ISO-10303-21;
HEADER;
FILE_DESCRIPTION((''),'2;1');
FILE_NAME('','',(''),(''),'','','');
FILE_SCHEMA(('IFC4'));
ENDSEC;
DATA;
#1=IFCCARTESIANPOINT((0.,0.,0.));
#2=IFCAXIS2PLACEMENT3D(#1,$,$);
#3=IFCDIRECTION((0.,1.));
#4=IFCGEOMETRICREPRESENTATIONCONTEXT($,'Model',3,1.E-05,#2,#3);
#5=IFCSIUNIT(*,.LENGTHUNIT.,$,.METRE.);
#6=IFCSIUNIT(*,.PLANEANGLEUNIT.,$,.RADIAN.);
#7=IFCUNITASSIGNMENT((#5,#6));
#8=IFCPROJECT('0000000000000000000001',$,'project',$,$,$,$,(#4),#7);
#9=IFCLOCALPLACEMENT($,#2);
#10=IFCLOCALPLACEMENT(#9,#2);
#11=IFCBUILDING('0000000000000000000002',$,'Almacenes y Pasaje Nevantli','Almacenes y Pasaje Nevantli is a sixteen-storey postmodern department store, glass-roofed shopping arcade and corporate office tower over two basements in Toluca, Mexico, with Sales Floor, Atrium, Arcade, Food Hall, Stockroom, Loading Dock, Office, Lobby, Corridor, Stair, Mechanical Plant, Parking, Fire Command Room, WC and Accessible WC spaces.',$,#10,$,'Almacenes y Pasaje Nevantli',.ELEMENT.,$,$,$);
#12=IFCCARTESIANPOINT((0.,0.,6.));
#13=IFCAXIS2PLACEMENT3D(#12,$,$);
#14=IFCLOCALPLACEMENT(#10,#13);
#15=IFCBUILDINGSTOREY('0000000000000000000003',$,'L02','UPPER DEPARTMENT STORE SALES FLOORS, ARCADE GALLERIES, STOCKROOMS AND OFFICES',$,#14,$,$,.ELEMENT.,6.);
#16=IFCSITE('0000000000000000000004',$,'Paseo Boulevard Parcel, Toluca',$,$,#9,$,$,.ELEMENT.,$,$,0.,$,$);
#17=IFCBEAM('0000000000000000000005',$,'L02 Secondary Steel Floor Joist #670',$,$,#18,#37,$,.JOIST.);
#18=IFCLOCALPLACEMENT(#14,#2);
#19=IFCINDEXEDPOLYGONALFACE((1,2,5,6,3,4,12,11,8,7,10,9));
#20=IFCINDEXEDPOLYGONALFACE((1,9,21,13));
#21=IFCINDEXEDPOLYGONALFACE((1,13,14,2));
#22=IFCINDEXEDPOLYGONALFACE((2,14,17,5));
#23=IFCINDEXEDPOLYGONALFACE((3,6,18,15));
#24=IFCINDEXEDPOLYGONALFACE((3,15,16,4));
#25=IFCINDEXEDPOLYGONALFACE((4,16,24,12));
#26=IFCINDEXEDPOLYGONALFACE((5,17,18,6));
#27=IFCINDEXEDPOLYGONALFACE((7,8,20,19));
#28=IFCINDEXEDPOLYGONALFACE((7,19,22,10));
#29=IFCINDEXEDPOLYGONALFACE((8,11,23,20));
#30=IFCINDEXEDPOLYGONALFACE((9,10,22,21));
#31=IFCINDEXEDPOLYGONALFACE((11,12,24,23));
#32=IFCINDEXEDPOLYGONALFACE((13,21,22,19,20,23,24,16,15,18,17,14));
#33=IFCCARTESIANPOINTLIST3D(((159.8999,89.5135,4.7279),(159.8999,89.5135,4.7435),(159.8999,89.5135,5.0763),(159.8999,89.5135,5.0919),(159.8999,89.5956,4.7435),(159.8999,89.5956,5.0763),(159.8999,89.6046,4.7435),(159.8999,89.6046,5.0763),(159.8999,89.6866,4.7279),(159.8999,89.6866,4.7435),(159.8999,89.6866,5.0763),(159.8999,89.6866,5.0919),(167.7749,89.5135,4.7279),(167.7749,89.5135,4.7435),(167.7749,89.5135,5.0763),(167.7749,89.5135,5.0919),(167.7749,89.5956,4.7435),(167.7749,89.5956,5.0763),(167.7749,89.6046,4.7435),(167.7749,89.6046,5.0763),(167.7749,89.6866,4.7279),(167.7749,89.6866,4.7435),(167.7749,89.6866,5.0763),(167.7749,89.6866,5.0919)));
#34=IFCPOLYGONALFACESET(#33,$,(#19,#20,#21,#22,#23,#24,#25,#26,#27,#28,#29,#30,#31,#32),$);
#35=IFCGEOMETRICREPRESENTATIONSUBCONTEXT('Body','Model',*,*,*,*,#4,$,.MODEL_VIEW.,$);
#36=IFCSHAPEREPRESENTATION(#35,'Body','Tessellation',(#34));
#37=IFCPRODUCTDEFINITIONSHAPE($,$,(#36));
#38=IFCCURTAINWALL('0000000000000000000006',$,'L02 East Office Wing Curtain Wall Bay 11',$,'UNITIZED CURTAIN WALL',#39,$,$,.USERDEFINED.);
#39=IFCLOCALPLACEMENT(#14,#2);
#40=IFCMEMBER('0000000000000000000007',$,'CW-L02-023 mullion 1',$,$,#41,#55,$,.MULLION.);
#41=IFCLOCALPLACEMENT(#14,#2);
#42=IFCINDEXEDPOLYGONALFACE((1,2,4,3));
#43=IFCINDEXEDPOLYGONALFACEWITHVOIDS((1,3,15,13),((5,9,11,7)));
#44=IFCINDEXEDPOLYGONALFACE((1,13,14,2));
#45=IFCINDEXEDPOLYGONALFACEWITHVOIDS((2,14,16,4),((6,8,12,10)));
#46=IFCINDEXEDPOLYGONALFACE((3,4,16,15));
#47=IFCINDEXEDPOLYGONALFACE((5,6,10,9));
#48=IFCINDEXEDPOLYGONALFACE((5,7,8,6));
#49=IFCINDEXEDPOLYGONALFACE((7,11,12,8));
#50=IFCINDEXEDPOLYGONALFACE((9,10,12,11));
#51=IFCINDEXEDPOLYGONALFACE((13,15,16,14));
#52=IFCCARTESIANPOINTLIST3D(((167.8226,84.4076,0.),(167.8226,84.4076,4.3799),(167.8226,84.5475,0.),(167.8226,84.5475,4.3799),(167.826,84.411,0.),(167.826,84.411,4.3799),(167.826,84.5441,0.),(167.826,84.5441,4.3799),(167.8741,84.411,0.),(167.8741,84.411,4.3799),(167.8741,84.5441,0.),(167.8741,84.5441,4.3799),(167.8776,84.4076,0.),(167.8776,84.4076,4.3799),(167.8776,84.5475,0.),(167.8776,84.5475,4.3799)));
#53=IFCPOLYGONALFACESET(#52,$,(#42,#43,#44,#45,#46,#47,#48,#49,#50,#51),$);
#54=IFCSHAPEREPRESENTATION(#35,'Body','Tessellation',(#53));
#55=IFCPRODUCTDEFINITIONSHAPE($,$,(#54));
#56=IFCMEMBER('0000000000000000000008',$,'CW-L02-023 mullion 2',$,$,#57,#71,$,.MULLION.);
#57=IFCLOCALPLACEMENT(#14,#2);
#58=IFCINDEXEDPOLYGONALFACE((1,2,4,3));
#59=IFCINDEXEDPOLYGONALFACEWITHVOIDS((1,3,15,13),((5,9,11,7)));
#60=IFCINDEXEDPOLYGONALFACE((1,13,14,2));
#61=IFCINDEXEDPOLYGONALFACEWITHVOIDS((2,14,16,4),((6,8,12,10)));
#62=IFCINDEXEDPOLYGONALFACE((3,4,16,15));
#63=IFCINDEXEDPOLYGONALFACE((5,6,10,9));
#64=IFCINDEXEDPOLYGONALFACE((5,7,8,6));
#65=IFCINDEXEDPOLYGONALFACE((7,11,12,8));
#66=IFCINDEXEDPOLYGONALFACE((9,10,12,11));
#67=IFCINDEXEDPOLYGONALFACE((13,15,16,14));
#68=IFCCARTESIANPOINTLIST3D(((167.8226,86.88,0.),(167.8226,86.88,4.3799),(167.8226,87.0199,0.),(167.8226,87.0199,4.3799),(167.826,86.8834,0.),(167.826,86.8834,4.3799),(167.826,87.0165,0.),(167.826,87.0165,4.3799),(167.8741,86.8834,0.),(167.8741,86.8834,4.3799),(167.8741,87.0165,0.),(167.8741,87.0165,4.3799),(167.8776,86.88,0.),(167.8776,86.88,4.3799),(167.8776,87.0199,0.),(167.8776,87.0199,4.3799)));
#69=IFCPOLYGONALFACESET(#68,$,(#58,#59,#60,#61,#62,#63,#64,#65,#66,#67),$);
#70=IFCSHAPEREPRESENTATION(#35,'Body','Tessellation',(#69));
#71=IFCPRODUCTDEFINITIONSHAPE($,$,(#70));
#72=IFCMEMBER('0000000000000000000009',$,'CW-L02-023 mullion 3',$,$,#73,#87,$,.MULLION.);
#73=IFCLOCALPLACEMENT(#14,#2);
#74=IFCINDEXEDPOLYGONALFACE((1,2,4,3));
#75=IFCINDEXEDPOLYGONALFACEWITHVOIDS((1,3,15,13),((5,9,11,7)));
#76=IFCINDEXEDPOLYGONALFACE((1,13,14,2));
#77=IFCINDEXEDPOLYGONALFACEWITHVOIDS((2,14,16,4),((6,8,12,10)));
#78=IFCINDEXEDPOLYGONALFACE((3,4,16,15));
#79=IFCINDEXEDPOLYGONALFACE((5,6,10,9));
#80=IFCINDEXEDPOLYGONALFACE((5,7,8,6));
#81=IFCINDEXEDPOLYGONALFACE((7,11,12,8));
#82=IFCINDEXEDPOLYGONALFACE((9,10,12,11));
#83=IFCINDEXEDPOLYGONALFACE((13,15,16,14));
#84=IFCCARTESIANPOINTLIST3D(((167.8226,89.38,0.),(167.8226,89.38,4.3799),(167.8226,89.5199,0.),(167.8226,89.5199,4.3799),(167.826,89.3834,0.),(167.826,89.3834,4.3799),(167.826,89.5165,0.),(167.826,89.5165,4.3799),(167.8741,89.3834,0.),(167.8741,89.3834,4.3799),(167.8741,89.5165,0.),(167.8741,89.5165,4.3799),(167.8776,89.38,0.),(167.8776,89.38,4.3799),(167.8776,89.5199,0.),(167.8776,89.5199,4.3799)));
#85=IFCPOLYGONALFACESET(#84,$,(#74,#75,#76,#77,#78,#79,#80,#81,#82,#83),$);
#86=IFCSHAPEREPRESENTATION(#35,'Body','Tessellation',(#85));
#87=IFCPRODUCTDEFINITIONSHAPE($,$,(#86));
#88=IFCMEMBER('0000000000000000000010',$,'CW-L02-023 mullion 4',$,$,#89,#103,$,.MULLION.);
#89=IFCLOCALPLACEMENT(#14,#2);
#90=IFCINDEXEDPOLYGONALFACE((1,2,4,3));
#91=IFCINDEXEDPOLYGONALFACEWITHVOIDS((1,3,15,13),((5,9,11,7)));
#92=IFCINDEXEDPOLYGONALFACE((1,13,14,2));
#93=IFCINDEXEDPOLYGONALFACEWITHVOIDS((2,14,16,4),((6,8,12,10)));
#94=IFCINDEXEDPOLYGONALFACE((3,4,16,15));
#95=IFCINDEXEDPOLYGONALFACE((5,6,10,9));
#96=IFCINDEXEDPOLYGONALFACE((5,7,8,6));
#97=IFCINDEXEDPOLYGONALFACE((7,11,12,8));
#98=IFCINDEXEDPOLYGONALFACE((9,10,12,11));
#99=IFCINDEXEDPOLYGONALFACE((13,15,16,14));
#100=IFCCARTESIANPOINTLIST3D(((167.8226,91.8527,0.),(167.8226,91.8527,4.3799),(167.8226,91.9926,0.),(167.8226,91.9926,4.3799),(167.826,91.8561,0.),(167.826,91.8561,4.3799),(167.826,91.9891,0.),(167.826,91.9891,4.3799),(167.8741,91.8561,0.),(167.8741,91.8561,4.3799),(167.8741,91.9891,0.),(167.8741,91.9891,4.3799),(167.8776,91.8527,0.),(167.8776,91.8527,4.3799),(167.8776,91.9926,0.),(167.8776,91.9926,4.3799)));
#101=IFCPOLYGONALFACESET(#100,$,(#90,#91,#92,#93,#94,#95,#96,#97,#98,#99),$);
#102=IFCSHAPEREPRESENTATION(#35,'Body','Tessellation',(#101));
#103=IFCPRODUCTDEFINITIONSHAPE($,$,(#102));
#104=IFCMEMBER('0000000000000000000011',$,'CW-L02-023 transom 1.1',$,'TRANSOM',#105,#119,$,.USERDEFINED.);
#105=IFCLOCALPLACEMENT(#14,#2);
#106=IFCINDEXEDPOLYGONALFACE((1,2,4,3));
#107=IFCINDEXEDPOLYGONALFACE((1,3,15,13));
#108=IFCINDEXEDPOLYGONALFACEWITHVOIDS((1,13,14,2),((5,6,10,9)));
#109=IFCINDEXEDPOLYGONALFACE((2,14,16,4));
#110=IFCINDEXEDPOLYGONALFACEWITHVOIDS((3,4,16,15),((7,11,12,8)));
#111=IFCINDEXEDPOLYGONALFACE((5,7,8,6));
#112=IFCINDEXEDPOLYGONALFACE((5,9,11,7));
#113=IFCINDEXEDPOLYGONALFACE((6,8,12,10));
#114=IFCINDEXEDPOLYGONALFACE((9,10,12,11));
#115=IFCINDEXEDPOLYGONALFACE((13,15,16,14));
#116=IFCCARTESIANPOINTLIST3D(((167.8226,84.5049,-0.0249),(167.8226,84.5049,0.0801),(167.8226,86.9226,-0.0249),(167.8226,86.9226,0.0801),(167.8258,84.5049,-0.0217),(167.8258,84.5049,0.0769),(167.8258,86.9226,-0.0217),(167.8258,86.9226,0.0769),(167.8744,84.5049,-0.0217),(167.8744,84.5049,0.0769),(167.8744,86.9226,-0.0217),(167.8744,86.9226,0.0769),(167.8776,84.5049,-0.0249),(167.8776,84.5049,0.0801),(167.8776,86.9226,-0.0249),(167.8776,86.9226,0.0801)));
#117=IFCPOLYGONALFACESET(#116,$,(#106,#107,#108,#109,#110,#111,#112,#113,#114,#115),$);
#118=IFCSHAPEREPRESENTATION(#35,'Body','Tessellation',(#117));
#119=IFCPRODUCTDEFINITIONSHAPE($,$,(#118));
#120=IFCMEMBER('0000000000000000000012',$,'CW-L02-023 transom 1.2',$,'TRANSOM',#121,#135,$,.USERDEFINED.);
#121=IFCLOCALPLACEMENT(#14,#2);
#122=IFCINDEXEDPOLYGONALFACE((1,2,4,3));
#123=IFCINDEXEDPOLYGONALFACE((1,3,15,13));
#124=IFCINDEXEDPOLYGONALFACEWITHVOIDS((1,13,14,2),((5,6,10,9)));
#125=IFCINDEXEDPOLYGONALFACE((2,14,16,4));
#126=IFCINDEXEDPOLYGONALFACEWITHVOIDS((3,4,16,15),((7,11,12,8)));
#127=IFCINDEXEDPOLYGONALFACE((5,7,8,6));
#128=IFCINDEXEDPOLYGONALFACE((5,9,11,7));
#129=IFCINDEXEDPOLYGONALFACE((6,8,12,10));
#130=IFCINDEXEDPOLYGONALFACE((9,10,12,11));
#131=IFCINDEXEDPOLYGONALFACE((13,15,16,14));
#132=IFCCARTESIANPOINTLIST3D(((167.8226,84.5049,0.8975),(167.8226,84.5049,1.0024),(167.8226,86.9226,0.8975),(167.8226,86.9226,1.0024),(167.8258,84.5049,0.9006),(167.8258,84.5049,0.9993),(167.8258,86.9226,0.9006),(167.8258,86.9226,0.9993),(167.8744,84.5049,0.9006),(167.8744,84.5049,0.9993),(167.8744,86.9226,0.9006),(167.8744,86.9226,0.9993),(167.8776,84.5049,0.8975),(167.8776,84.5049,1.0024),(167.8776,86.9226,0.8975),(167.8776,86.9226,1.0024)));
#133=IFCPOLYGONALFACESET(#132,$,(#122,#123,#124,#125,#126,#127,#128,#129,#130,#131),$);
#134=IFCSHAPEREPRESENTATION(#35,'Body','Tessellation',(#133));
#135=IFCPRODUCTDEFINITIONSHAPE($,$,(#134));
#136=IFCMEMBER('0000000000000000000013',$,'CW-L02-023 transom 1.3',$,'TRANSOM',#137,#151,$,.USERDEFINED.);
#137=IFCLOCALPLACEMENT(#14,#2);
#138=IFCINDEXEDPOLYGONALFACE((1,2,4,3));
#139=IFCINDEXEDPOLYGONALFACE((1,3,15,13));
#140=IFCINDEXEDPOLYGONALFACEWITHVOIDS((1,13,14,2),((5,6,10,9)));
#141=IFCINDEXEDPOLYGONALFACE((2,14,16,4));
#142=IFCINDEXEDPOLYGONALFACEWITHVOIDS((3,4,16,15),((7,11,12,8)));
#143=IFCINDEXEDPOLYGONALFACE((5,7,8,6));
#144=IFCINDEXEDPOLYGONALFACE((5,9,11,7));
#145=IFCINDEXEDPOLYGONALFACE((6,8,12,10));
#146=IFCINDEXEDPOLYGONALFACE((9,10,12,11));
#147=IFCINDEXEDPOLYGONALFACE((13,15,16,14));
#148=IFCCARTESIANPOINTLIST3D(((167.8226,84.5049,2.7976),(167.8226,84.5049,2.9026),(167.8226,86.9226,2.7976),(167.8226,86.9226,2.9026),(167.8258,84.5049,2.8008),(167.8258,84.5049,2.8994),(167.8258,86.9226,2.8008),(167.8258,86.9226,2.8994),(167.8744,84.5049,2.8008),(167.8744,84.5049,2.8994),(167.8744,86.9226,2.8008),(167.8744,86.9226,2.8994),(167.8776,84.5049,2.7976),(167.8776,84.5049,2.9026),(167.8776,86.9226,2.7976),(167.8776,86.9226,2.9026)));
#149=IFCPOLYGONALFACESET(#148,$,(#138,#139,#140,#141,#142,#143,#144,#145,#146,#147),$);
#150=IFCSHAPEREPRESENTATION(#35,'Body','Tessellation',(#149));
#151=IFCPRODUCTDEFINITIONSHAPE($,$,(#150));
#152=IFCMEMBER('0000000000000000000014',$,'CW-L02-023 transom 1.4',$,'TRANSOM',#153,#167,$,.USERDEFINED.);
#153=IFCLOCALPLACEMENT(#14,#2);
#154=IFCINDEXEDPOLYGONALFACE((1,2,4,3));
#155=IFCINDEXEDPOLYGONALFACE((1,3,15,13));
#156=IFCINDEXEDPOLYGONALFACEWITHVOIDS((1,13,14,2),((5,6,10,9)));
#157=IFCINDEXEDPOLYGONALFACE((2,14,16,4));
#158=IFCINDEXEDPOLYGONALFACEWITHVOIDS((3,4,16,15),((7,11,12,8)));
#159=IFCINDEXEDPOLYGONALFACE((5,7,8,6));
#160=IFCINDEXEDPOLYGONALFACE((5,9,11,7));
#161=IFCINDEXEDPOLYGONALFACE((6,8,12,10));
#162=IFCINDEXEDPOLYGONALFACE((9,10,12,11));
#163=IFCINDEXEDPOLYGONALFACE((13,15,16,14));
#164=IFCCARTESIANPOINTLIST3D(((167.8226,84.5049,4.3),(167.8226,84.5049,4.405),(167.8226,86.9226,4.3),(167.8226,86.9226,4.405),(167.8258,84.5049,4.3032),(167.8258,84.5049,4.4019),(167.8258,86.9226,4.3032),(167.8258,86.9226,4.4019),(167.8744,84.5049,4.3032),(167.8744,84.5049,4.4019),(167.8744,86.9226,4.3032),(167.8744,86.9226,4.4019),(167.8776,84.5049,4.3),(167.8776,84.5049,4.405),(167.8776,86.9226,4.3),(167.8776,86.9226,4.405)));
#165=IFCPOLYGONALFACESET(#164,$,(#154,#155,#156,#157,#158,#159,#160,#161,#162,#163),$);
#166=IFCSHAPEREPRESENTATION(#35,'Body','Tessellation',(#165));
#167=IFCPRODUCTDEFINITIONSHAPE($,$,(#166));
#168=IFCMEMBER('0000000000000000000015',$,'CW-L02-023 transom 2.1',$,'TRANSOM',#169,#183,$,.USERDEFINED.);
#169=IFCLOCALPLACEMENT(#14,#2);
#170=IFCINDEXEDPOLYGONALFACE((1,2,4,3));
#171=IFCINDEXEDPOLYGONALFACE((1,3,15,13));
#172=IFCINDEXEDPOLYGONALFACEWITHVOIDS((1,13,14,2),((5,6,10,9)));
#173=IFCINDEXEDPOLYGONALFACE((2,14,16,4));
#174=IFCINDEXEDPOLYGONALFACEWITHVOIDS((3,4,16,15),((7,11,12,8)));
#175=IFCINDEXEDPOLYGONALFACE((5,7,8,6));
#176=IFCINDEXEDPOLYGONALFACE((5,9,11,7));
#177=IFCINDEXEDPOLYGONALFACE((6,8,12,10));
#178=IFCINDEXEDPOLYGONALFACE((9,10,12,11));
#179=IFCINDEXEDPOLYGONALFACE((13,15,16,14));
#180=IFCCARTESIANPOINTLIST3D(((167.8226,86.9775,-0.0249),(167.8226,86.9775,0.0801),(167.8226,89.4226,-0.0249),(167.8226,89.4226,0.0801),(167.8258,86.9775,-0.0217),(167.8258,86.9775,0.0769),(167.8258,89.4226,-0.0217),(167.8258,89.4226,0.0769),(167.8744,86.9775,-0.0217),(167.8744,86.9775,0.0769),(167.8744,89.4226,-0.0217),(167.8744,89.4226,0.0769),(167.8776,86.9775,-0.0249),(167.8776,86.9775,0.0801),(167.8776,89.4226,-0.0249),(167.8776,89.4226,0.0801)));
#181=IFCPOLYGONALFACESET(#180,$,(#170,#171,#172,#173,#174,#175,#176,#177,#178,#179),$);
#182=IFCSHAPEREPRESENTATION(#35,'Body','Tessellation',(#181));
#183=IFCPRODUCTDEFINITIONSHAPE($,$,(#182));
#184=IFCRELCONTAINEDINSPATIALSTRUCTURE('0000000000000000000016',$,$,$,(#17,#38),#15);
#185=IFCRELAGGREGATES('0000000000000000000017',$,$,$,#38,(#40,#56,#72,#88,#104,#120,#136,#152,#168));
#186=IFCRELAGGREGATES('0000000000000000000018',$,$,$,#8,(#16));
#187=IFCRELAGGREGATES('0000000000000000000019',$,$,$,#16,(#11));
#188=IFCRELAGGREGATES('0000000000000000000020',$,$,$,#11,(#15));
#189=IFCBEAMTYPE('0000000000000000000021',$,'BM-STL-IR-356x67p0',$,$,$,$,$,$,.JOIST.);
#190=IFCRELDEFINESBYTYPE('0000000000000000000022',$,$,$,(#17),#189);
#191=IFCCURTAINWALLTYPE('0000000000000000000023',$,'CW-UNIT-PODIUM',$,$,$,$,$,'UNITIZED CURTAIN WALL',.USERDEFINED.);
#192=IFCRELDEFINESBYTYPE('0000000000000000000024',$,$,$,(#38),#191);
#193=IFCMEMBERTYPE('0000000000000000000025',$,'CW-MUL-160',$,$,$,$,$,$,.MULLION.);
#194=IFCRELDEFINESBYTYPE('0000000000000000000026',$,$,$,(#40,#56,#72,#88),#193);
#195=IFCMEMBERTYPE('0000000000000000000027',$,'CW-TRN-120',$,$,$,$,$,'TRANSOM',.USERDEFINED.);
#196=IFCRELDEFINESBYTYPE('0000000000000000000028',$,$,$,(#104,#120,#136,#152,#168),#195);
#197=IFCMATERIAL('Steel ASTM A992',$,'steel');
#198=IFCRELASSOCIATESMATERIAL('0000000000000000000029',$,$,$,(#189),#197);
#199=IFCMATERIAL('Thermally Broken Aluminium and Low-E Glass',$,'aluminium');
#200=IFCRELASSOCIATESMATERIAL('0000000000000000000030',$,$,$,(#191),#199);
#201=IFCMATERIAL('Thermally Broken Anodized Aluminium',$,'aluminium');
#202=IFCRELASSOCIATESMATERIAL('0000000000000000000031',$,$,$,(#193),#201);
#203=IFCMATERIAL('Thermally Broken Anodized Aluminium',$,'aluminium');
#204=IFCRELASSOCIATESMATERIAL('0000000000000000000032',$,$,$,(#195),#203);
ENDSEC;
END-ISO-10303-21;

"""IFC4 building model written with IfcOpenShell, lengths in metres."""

from ifc_helpers import new_model, si_unit, direction, frame, origin, origin_2d, place, context, subcontext, project, spatial, hollow_rectangle, i_section, extrude, material, material_profile, profile_set, type_object, element, aggregate, save


model = new_model("IFC4")

# Units and contexts
model_context = context("Model", 3, precision=1e-05, world=origin(), true_north=direction((0.0, 1.0)))
body_context = subcontext(model_context, "Body", "Model", "MODEL_VIEW")
ifc_project = project(units=[si_unit("LENGTHUNIT", "METRE"), si_unit("PLANEANGLEUNIT", "RADIAN")], contexts=[model_context])

# Site, building, storey
site_placement = place(None, origin())
site = spatial("IfcSite", under=ifc_project, at=site_placement, Name="Paseo Boulevard Parcel, Toluca", CompositionType="ELEMENT", RefElevation=0.0)
building_placement = place(site_placement, origin())
building = spatial("IfcBuilding", under=site, at=building_placement, Name="Almacenes y Pasaje Nevantli", Description="Almacenes y Pasaje Nevantli is a sixteen-storey postmodern department store, glass-roofed shopping arcade and corporate office tower over two basements in Toluca, Mexico, with Sales Floor, Atrium, Arcade, Food Hall, Stockroom, Loading Dock, Office, Lobby, Corridor, Stair, Mechanical Plant, Parking, Fire Command Room, WC and Accessible WC spaces.", LongName="Almacenes y Pasaje Nevantli", CompositionType="ELEMENT")
storey_placement = place(building_placement, frame((0.0, 0.0, 6.0)))
storey = spatial("IfcBuildingStorey", under=building, at=storey_placement, Name="L02", Description="UPPER DEPARTMENT STORE SALES FLOORS, ARCADE GALLERIES, STOCKROOMS AND OFFICES", CompositionType="ELEMENT", Elevation=6.0)

# Beam
ifc_material_1 = material(Name="Steel ASTM A992", Category="steel")
ifc_material_profile_1 = material_profile(ifc_material_1, i_section(OverallWidth=0.1731, OverallDepth=0.364, WebThickness=0.009, FlangeThickness=0.0156, at=origin_2d()), Name="IR 356x67.0")
ifc_profile_set_1 = profile_set([ifc_material_profile_1], Name="Steel ASTM A992")
beam_type_1 = type_object("IfcBeamType", Name="BM-STL-IR-356x67p0", PredefinedType="JOIST", material=ifc_profile_set_1)
for number, where, z_axis, x_axis, name in (
    (1, (159.8999, 89.6001, 4.9099), (1.0, 0.0, 0.0), (0.0, 1.0, 0.0), "L02 Secondary Steel Floor Joist #670"),
):
    element("IfcBeam", number, at=place(storey_placement, frame(where, z_axis=z_axis, x_axis=x_axis)), inside=storey, type_object=beam_type_1, Name=name, PredefinedType="JOIST", context=body_context, shape_type="SweptSolid", body=[
        extrude(i_section(OverallWidth=0.1731, OverallDepth=0.364, WebThickness=0.009, FlangeThickness=0.0156, at=origin_2d()), origin(), (0.0, 0.0, 1.0), 7.875),
    ])

# Curtain wall, members
ifc_material_2 = material(Name="Thermally Broken Aluminium and Low-E Glass", Category="aluminium")
curtain_wall_type = type_object("IfcCurtainWallType", Name="CW-UNIT-PODIUM", ElementType="UNITIZED CURTAIN WALL", PredefinedType="USERDEFINED", material=ifc_material_2)
curtain_wall_placement = place(storey_placement, origin())
curtain_wall = element("IfcCurtainWall", 2, at=curtain_wall_placement, inside=storey, type_object=curtain_wall_type, Name="L02 East Office Wing Curtain Wall Bay 11", ObjectType="UNITIZED CURTAIN WALL", PredefinedType="USERDEFINED")
ifc_material_3 = material(Name="Thermally Broken Anodized Aluminium", Category="aluminium")
ifc_material_profile_2 = material_profile(ifc_material_3, hollow_rectangle(XDim=0.0549, YDim=0.1399, WallThickness=0.0034, at=origin_2d()), Name="ALU-MUL-55x140")
ifc_profile_set_2 = profile_set([ifc_material_profile_2], Name="Thermally Broken Anodized Aluminium")
member_type_1 = type_object("IfcMemberType", Name="CW-MUL-160", PredefinedType="MULLION", material=ifc_profile_set_2)
member_1_placement = place(storey_placement, frame((167.8501, 84.4775, 0.0), z_axis=(0.0, 0.0, 1.0), x_axis=(-1.0, 0.0, 0.0)))
member_1 = element("IfcMember", 3, at=member_1_placement, type_object=member_type_1, Name="CW-L02-023 mullion 1", PredefinedType="MULLION", context=body_context, shape_type="SweptSolid", body=[
    extrude(hollow_rectangle(XDim=0.0549, YDim=0.1399, WallThickness=0.0034, at=origin_2d()), origin(), (0.0, 0.0, 1.0), 4.3799),
])
member_2_placement = place(storey_placement, frame((167.8501, 86.95, 0.0), z_axis=(0.0, 0.0, 1.0), x_axis=(-1.0, 0.0, 0.0)))
member_2 = element("IfcMember", 4, at=member_2_placement, type_object=member_type_1, Name="CW-L02-023 mullion 2", PredefinedType="MULLION", context=body_context, shape_type="SweptSolid", body=[
    extrude(hollow_rectangle(XDim=0.0549, YDim=0.1399, WallThickness=0.0034, at=origin_2d()), origin(), (0.0, 0.0, 1.0), 4.3799),
])
member_3_placement = place(storey_placement, frame((167.8501, 89.45, 0.0), z_axis=(0.0, 0.0, 1.0), x_axis=(-1.0, 0.0, 0.0)))
member_3 = element("IfcMember", 5, at=member_3_placement, type_object=member_type_1, Name="CW-L02-023 mullion 3", PredefinedType="MULLION", context=body_context, shape_type="SweptSolid", body=[
    extrude(hollow_rectangle(XDim=0.0549, YDim=0.1399, WallThickness=0.0034, at=origin_2d()), origin(), (0.0, 0.0, 1.0), 4.3799),
])
member_4_placement = place(storey_placement, frame((167.8501, 91.9226, 0.0), z_axis=(0.0, 0.0, 1.0), x_axis=(-1.0, 0.0, 0.0)))
member_4 = element("IfcMember", 6, at=member_4_placement, type_object=member_type_1, Name="CW-L02-023 mullion 4", PredefinedType="MULLION", context=body_context, shape_type="SweptSolid", body=[
    extrude(hollow_rectangle(XDim=0.0549, YDim=0.1399, WallThickness=0.0034, at=origin_2d()), origin(), (0.0, 0.0, 1.0), 4.3799),
])
ifc_material_4 = material(Name="Thermally Broken Anodized Aluminium", Category="aluminium")
ifc_material_profile_3 = material_profile(ifc_material_4, hollow_rectangle(XDim=0.0549, YDim=0.105, WallThickness=0.0032, at=origin_2d()), Name="ALU-TRN-55x105")
ifc_profile_set_3 = profile_set([ifc_material_profile_3], Name="Thermally Broken Anodized Aluminium")
member_type_2 = type_object("IfcMemberType", Name="CW-TRN-120", ElementType="TRANSOM", PredefinedType="USERDEFINED", material=ifc_profile_set_3)
member_5_placement = place(storey_placement, frame((167.8501, 84.5049, 0.0276), z_axis=(0.0, 1.0, 0.0), x_axis=(-1.0, 0.0, 0.0)))
member_5 = element("IfcMember", 7, at=member_5_placement, type_object=member_type_2, Name="CW-L02-023 transom 1.1", ObjectType="TRANSOM", PredefinedType="USERDEFINED", context=body_context, shape_type="SweptSolid", body=[
    extrude(hollow_rectangle(XDim=0.0549, YDim=0.105, WallThickness=0.0032, at=origin_2d()), origin(), (0.0, 0.0, 1.0), 2.4177),
])
member_6_placement = place(storey_placement, frame((167.8501, 84.5049, 0.95), z_axis=(0.0, 1.0, 0.0), x_axis=(-1.0, 0.0, 0.0)))
member_6 = element("IfcMember", 8, at=member_6_placement, type_object=member_type_2, Name="CW-L02-023 transom 1.2", ObjectType="TRANSOM", PredefinedType="USERDEFINED", context=body_context, shape_type="SweptSolid", body=[
    extrude(hollow_rectangle(XDim=0.0549, YDim=0.105, WallThickness=0.0032, at=origin_2d()), origin(), (0.0, 0.0, 1.0), 2.4177),
])
member_7_placement = place(storey_placement, frame((167.8501, 84.5049, 2.8501), z_axis=(0.0, 1.0, 0.0), x_axis=(-1.0, 0.0, 0.0)))
member_7 = element("IfcMember", 9, at=member_7_placement, type_object=member_type_2, Name="CW-L02-023 transom 1.3", ObjectType="TRANSOM", PredefinedType="USERDEFINED", context=body_context, shape_type="SweptSolid", body=[
    extrude(hollow_rectangle(XDim=0.0549, YDim=0.105, WallThickness=0.0032, at=origin_2d()), origin(), (0.0, 0.0, 1.0), 2.4177),
])
member_8_placement = place(storey_placement, frame((167.8501, 84.5049, 4.3525), z_axis=(0.0, 1.0, 0.0), x_axis=(-1.0, 0.0, 0.0)))
member_8 = element("IfcMember", 10, at=member_8_placement, type_object=member_type_2, Name="CW-L02-023 transom 1.4", ObjectType="TRANSOM", PredefinedType="USERDEFINED", context=body_context, shape_type="SweptSolid", body=[
    extrude(hollow_rectangle(XDim=0.0549, YDim=0.105, WallThickness=0.0032, at=origin_2d()), origin(), (0.0, 0.0, 1.0), 2.4177),
])
member_9_placement = place(storey_placement, frame((167.8501, 86.9775, 0.0276), z_axis=(0.0, 1.0, 0.0), x_axis=(-1.0, 0.0, 0.0)))
member_9 = element("IfcMember", 11, at=member_9_placement, type_object=member_type_2, Name="CW-L02-023 transom 2.1", ObjectType="TRANSOM", PredefinedType="USERDEFINED", context=body_context, shape_type="SweptSolid", body=[
    extrude(hollow_rectangle(XDim=0.0549, YDim=0.105, WallThickness=0.0032, at=origin_2d()), origin(), (0.0, 0.0, 1.0), 2.4451),
])
aggregate(curtain_wall, [member_1, member_2, member_3, member_4, member_5, member_6, member_7, member_8, member_9])

save(model, "model.ifc")
